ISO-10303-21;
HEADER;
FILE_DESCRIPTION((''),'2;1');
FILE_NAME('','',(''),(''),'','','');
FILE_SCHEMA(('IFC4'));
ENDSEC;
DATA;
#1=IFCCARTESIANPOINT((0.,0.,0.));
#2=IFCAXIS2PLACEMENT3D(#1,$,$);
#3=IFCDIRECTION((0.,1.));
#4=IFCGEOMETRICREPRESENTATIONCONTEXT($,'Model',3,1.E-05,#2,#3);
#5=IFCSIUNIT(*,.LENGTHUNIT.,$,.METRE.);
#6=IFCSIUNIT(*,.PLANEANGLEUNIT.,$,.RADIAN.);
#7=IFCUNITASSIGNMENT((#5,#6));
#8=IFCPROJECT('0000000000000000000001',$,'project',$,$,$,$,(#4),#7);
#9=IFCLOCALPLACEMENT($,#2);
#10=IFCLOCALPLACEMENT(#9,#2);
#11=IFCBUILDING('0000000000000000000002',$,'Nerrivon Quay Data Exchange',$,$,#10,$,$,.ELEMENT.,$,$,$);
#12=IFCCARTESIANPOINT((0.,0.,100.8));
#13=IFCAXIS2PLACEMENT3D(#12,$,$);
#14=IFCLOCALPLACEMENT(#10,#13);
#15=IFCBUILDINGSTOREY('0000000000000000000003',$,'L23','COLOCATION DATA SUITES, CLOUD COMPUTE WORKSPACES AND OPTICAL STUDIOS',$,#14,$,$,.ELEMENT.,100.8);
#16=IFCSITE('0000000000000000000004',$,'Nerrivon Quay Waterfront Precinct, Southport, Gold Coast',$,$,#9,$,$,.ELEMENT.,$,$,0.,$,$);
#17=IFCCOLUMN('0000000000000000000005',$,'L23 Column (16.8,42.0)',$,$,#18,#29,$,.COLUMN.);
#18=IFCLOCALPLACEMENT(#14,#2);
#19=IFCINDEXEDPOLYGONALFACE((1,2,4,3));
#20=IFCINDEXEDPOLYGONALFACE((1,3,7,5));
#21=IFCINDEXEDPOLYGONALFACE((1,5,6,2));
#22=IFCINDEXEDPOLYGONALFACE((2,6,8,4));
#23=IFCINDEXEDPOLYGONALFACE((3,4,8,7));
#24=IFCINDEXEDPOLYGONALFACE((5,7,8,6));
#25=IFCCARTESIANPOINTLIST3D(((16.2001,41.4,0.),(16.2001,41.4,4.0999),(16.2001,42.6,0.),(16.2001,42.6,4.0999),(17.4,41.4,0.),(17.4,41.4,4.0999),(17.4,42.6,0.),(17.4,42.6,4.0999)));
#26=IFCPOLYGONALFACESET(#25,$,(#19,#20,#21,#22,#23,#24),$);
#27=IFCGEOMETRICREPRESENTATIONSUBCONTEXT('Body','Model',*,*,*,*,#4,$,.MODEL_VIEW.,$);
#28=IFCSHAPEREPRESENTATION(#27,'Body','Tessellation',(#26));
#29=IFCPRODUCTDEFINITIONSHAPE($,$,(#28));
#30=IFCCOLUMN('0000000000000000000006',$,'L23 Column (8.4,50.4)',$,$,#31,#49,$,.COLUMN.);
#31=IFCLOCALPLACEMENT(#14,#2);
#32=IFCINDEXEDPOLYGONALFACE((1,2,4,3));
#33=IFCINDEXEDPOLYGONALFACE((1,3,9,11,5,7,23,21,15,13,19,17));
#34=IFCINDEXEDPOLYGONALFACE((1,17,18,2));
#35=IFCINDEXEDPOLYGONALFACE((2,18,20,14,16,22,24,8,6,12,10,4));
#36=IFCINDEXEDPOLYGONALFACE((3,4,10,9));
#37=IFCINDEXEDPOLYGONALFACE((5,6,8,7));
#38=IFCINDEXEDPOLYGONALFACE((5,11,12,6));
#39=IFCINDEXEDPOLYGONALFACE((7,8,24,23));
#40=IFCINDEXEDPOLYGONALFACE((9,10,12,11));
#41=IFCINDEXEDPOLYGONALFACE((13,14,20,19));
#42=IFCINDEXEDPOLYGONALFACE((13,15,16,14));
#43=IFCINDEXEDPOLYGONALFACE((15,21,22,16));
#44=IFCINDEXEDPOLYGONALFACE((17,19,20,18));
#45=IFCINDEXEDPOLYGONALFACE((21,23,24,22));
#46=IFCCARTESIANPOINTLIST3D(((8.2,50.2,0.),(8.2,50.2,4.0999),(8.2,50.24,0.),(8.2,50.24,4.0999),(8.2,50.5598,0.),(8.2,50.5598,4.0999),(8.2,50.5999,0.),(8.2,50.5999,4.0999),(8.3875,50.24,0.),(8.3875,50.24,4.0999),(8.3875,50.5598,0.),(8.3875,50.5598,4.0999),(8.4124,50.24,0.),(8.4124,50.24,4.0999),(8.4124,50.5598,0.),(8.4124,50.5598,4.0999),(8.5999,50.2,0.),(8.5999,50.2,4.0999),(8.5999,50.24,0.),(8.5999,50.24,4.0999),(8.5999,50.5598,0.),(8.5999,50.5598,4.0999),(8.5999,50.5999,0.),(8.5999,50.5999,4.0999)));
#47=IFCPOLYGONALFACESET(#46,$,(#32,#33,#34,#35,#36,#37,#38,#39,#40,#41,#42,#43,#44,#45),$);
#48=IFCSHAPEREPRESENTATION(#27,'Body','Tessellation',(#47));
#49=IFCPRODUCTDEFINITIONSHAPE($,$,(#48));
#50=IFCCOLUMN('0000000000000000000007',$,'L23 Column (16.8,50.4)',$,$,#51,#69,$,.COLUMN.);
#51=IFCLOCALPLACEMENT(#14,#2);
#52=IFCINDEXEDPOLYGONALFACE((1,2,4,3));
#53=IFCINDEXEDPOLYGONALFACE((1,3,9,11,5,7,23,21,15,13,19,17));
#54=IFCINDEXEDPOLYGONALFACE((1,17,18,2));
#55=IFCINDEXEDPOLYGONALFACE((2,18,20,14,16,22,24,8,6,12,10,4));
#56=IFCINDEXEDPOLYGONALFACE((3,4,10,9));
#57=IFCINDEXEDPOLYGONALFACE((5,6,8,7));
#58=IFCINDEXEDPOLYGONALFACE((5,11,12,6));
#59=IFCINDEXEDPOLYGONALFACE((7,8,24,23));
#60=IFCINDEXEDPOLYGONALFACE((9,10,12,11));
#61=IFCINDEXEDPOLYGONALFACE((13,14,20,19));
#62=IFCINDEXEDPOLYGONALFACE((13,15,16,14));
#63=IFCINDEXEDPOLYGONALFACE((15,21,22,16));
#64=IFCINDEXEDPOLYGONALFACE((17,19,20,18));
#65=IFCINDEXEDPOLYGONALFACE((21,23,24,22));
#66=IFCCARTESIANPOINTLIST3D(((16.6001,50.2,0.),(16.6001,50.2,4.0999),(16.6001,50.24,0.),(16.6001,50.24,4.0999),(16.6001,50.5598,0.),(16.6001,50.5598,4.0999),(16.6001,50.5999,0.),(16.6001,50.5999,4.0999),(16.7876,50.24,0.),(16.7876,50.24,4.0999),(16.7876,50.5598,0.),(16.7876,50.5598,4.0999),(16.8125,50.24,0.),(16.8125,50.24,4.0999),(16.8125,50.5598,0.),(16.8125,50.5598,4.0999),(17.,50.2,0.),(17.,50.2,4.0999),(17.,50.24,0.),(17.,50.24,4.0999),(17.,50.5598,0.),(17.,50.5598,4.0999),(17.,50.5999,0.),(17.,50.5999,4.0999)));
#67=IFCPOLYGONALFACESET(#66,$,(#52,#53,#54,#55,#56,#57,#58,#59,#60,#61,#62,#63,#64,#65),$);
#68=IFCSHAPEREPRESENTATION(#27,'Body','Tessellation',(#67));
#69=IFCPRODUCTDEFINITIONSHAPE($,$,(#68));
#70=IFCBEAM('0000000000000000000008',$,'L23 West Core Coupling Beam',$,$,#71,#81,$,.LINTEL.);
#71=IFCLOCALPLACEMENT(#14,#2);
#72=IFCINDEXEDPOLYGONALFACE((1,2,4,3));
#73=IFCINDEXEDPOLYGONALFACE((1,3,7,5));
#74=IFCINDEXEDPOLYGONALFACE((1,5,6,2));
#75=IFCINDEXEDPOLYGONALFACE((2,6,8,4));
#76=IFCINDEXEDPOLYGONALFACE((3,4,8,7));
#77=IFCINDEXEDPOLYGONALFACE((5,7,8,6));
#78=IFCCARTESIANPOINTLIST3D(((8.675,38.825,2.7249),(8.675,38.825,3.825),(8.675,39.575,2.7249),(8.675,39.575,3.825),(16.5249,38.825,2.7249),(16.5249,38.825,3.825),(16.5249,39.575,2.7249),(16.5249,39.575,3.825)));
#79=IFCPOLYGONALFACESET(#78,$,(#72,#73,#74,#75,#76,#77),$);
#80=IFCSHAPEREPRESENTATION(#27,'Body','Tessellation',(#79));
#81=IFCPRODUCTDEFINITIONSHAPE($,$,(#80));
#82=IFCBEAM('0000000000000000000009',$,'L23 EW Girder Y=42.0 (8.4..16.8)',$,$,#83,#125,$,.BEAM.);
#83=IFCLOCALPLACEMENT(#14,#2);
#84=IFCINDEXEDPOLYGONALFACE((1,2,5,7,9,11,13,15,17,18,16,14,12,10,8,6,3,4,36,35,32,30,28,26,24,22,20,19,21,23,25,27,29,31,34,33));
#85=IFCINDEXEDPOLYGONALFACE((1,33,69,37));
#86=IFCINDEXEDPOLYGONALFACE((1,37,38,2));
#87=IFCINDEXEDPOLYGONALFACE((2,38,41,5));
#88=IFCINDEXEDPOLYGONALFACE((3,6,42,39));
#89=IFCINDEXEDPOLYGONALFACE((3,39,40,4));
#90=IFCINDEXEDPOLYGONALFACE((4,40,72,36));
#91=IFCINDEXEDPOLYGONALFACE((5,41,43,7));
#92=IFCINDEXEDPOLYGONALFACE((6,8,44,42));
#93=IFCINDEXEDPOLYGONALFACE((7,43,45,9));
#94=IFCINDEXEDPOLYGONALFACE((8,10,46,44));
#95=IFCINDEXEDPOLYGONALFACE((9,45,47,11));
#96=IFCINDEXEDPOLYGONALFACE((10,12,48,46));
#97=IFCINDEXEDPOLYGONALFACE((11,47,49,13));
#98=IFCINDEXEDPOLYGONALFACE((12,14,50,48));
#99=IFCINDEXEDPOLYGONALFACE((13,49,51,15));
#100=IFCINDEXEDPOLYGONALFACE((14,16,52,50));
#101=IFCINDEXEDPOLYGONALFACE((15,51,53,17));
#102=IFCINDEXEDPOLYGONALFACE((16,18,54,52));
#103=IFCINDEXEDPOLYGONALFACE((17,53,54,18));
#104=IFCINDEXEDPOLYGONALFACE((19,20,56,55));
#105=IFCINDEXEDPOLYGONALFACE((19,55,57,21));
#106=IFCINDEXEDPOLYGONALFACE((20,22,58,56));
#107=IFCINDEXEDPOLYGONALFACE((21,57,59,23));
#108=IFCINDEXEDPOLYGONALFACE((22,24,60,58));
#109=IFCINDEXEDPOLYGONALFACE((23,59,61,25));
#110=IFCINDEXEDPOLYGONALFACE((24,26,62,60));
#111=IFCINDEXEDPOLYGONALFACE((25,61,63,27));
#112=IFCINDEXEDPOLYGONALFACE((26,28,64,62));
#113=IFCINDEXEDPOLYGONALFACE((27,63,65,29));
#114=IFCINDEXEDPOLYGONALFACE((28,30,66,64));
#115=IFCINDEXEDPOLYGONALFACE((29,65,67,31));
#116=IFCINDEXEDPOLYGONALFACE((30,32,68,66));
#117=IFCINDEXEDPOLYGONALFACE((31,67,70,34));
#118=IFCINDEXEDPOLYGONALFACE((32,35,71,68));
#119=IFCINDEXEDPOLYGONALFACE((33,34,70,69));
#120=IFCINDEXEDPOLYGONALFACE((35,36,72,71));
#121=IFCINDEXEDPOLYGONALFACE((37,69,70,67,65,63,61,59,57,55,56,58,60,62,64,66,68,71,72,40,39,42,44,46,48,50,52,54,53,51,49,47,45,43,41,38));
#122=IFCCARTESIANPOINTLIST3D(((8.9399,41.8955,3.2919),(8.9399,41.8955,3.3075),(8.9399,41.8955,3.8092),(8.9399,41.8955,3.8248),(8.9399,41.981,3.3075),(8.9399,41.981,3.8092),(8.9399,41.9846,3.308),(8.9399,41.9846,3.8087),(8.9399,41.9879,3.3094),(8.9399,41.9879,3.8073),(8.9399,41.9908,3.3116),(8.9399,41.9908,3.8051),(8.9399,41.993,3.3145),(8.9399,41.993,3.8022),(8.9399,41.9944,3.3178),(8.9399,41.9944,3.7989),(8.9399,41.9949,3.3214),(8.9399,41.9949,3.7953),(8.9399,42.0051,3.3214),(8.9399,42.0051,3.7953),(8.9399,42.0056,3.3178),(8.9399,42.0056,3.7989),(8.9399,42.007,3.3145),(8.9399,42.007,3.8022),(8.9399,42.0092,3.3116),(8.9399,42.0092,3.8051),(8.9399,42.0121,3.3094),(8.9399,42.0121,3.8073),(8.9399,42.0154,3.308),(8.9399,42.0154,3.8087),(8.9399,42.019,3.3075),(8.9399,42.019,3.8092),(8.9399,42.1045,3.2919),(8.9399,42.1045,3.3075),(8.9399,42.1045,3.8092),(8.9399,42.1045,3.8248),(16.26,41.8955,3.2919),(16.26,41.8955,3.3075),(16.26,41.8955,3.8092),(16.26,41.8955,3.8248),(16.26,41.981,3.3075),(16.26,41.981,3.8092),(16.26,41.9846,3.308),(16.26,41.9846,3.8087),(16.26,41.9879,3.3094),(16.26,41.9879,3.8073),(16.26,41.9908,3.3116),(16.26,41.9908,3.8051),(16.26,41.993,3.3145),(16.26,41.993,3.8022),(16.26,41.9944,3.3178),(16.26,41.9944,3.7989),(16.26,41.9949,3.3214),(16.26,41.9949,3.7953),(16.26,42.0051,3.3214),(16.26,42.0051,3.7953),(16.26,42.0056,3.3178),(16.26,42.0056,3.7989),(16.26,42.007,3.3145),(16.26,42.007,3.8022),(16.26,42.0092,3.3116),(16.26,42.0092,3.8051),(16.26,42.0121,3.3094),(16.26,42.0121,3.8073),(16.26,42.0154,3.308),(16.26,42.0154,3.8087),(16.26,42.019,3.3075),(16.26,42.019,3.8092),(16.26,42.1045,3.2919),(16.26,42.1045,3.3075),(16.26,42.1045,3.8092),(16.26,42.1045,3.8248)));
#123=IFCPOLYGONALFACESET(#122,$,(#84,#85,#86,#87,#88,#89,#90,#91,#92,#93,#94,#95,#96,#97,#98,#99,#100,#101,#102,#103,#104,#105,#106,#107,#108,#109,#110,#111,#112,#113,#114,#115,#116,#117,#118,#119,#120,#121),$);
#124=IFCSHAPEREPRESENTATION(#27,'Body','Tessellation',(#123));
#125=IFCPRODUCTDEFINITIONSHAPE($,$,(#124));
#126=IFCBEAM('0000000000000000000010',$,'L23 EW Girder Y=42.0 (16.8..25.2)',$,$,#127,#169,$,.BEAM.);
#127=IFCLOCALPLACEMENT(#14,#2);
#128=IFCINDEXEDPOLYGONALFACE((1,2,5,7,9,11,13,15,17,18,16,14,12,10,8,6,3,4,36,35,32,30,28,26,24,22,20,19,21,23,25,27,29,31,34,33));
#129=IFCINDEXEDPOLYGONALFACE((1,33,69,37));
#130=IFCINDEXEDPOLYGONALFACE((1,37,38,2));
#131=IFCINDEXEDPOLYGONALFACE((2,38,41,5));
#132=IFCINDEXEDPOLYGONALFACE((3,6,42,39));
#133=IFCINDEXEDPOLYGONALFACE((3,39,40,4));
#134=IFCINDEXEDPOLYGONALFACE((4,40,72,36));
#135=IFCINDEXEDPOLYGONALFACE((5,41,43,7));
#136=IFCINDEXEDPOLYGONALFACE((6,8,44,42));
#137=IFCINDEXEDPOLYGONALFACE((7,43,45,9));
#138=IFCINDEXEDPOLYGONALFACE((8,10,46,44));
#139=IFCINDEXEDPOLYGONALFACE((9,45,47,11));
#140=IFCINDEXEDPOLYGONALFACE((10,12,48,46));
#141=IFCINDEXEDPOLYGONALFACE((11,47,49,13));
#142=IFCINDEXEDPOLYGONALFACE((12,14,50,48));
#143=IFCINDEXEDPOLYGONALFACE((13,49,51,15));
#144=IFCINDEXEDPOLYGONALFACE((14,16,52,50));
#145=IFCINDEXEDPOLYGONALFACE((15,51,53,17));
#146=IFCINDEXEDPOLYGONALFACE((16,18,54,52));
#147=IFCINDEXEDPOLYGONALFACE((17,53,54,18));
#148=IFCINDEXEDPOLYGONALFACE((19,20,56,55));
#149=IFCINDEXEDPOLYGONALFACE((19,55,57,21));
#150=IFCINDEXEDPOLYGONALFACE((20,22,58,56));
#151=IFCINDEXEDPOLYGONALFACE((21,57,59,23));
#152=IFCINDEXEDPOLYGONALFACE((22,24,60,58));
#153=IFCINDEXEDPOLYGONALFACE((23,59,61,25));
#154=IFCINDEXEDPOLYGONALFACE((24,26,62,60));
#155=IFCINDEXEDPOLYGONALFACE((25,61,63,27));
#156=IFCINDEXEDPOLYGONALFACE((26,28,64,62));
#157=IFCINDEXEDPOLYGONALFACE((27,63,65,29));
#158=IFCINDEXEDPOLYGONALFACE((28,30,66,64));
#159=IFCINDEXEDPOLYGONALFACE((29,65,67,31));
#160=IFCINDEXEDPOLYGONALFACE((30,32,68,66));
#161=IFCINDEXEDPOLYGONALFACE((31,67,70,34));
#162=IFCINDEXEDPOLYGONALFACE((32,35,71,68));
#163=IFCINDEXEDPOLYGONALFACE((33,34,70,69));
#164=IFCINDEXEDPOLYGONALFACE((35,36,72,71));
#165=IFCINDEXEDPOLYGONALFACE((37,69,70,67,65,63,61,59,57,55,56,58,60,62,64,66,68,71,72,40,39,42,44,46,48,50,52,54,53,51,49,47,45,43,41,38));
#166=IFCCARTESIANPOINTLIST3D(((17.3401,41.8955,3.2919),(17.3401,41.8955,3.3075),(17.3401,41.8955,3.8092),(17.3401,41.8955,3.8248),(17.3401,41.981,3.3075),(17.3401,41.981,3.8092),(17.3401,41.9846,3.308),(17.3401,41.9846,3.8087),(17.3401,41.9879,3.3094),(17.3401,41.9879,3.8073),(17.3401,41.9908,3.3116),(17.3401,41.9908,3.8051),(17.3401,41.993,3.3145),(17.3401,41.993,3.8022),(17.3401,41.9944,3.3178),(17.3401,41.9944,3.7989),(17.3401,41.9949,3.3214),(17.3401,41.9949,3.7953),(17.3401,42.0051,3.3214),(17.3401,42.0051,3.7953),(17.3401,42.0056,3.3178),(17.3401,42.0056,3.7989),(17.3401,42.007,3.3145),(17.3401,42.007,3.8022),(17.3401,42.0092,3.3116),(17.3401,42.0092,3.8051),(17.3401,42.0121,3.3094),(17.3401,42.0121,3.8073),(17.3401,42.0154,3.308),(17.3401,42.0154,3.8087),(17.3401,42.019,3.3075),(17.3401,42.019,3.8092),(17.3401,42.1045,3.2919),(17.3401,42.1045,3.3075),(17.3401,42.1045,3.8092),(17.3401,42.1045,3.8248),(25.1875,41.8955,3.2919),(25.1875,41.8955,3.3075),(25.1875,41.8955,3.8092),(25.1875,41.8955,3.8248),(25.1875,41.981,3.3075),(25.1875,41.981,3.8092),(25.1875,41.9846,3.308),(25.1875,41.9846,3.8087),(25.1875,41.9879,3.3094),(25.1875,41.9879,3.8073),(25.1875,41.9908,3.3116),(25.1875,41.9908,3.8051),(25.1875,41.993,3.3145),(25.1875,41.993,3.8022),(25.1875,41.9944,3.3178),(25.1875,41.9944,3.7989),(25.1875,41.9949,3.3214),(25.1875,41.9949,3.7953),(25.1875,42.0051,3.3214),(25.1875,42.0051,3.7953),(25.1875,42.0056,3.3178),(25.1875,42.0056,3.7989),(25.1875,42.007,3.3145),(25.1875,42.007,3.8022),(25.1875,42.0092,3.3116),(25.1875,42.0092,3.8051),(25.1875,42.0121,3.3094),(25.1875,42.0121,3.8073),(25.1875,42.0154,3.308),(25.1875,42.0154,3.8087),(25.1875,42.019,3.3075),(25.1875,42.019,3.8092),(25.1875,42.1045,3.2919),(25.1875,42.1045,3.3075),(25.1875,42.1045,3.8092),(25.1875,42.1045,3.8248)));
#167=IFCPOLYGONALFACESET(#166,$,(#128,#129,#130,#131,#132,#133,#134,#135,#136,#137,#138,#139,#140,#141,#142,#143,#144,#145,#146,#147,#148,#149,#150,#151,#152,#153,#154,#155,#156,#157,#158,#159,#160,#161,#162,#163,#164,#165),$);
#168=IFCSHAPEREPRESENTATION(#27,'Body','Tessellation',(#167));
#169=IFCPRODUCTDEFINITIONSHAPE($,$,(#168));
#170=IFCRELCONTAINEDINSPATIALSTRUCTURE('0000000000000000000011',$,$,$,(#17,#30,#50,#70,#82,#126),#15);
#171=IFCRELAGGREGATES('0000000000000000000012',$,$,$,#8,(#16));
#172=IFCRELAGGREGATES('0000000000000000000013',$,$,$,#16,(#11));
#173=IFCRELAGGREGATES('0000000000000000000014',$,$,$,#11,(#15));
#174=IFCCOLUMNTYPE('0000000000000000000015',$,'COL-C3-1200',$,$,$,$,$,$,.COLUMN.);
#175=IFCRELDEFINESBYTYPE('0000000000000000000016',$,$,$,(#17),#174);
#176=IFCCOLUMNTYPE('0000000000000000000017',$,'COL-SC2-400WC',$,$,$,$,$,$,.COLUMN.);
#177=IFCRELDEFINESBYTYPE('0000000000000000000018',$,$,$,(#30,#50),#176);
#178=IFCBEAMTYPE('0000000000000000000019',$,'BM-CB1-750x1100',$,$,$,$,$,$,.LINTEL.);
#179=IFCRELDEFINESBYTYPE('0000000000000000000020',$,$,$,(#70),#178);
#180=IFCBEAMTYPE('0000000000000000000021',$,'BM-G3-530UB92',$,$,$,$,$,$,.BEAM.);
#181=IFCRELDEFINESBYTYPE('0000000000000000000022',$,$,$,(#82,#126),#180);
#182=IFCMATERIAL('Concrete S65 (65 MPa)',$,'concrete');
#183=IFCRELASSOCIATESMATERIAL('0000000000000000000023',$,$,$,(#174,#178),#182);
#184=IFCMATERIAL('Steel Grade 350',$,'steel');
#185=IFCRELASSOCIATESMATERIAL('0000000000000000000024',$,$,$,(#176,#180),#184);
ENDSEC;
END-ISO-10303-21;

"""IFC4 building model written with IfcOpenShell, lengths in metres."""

from ifc_helpers import new_model, si_unit, direction, frame, origin, origin_2d, place, context, subcontext, project, spatial, rectangle, i_section, extrude, material, material_profile, profile_set, type_object, element, save


model = new_model("IFC4")

# Units and contexts
model_context = context("Model", 3, precision=1e-05, world=origin(), true_north=direction((0.0, 1.0)))
body_context = subcontext(model_context, "Body", "Model", "MODEL_VIEW")
ifc_project = project(units=[si_unit("LENGTHUNIT", "METRE"), si_unit("PLANEANGLEUNIT", "RADIAN")], contexts=[model_context])

# Site, building, storey
site_placement = place(None, origin())
site = spatial("IfcSite", under=ifc_project, at=site_placement, Name="Nerrivon Quay Waterfront Precinct, Southport, Gold Coast", CompositionType="ELEMENT", RefElevation=0.0)
building_placement = place(site_placement, origin())
building = spatial("IfcBuilding", under=site, at=building_placement, Name="Nerrivon Quay Data Exchange", CompositionType="ELEMENT")
storey_placement = place(building_placement, frame((0.0, 0.0, 100.8)))
storey = spatial("IfcBuildingStorey", under=building, at=storey_placement, Name="L23", Description="COLOCATION DATA SUITES, CLOUD COMPUTE WORKSPACES AND OPTICAL STUDIOS", CompositionType="ELEMENT", Elevation=100.8)

# Columns
ifc_material_1 = material(Name="Concrete S65 (65 MPa)", Category="concrete")
ifc_material_profile_1 = material_profile(ifc_material_1, rectangle(XDim=1.2, YDim=1.2, at=origin_2d()), Name="RC-COL-1200x1200")
ifc_profile_set_1 = profile_set([ifc_material_profile_1], Name="Concrete S65 (65 MPa)")
column_type_1 = type_object("IfcColumnType", Name="COL-C3-1200", PredefinedType="COLUMN", material=ifc_profile_set_1)
column_placement = place(storey_placement, frame((16.8, 42.0, 0.0), z_axis=(0.0, 0.0, 1.0), x_axis=(1.0, 0.0, 0.0)))
element("IfcColumn", 1, at=column_placement, inside=storey, type_object=column_type_1, Name="L23 Column (16.8,42.0)", PredefinedType="COLUMN", context=body_context, shape_type="SweptSolid", body=[
    extrude(rectangle(XDim=1.2, YDim=1.2, at=origin_2d()), origin(), (0.0, 0.0, 1.0), 4.0999),
])
ifc_material_2 = material(Name="Steel Grade 350", Category="steel")
ifc_material_profile_2 = material_profile(ifc_material_2, i_section(OverallWidth=0.3999, OverallDepth=0.3999, WebThickness=0.0249, FlangeThickness=0.04, at=origin_2d()), Name="400WC328")
ifc_profile_set_2 = profile_set([ifc_material_profile_2], Name="Steel Grade 350")
column_type_2 = type_object("IfcColumnType", Name="COL-SC2-400WC", PredefinedType="COLUMN", material=ifc_profile_set_2)
for number, where, z_axis, x_axis, name in (
    (2, (8.3999, 50.3999, 0.0), (0.0, 0.0, 1.0), (1.0, 0.0, 0.0), "L23 Column (8.4,50.4)"),
    (3, (16.8, 50.3999, 0.0), (0.0, 0.0, 1.0), (1.0, 0.0, 0.0), "L23 Column (16.8,50.4)"),
):
    element("IfcColumn", number, at=place(storey_placement, frame(where, z_axis=z_axis, x_axis=x_axis)), inside=storey, type_object=column_type_2, Name=name, PredefinedType="COLUMN", context=body_context, shape_type="SweptSolid", body=[
        extrude(i_section(OverallWidth=0.3999, OverallDepth=0.3999, WebThickness=0.0249, FlangeThickness=0.04, at=origin_2d()), origin(), (0.0, 0.0, 1.0), 4.0999),
    ])

# Beams
ifc_material_profile_3 = material_profile(ifc_material_1, rectangle(XDim=0.75, YDim=1.1001, at=origin_2d()), Name="RC-CB-750x1100")
ifc_profile_set_3 = profile_set([ifc_material_profile_3], Name="Concrete S65 (65 MPa)")
beam_type_1 = type_object("IfcBeamType", Name="BM-CB1-750x1100", PredefinedType="LINTEL", material=ifc_profile_set_3)
beam_1_placement = place(storey_placement, frame((8.675, 39.2, 3.2749), z_axis=(1.0, 0.0, 0.0), x_axis=(0.0, 1.0, 0.0)))
element("IfcBeam", 4, at=beam_1_placement, inside=storey, type_object=beam_type_1, Name="L23 West Core Coupling Beam", PredefinedType="LINTEL", context=body_context, shape_type="SweptSolid", body=[
    extrude(rectangle(XDim=0.75, YDim=1.1001, at=origin_2d()), origin(), (0.0, 0.0, 1.0), 7.8499),
])
ifc_material_profile_4 = material_profile(ifc_material_2, i_section(OverallWidth=0.209, OverallDepth=0.533, WebThickness=0.0103, FlangeThickness=0.0156, FilletRadius=0.0139, at=origin_2d()), Name="530UB92.4")
ifc_profile_set_4 = profile_set([ifc_material_profile_4], Name="Steel Grade 350")
beam_type_2 = type_object("IfcBeamType", Name="BM-G3-530UB92", PredefinedType="BEAM", material=ifc_profile_set_4)
beam_2_placement = place(storey_placement, frame((8.9399, 42.0, 3.5583), z_axis=(1.0, 0.0, 0.0), x_axis=(0.0, 1.0, 0.0)))
element("IfcBeam", 5, at=beam_2_placement, inside=storey, type_object=beam_type_2, Name="L23 EW Girder Y=42.0 (8.4..16.8)", PredefinedType="BEAM", context=body_context, shape_type="SweptSolid", body=[
    extrude(i_section(OverallWidth=0.209, OverallDepth=0.533, WebThickness=0.0103, FlangeThickness=0.0156, FilletRadius=0.0139, at=origin_2d()), origin(), (0.0, 0.0, 1.0), 7.3201),
])
beam_3_placement = place(storey_placement, frame((17.3401, 42.0, 3.5583), z_axis=(1.0, 0.0, 0.0), x_axis=(0.0, 1.0, 0.0)))
element("IfcBeam", 6, at=beam_3_placement, inside=storey, type_object=beam_type_2, Name="L23 EW Girder Y=42.0 (16.8..25.2)", PredefinedType="BEAM", context=body_context, shape_type="SweptSolid", body=[
    extrude(i_section(OverallWidth=0.209, OverallDepth=0.533, WebThickness=0.0103, FlangeThickness=0.0156, FilletRadius=0.0139, at=origin_2d()), origin(), (0.0, 0.0, 1.0), 7.8474),
])

save(model, "model.ifc")
